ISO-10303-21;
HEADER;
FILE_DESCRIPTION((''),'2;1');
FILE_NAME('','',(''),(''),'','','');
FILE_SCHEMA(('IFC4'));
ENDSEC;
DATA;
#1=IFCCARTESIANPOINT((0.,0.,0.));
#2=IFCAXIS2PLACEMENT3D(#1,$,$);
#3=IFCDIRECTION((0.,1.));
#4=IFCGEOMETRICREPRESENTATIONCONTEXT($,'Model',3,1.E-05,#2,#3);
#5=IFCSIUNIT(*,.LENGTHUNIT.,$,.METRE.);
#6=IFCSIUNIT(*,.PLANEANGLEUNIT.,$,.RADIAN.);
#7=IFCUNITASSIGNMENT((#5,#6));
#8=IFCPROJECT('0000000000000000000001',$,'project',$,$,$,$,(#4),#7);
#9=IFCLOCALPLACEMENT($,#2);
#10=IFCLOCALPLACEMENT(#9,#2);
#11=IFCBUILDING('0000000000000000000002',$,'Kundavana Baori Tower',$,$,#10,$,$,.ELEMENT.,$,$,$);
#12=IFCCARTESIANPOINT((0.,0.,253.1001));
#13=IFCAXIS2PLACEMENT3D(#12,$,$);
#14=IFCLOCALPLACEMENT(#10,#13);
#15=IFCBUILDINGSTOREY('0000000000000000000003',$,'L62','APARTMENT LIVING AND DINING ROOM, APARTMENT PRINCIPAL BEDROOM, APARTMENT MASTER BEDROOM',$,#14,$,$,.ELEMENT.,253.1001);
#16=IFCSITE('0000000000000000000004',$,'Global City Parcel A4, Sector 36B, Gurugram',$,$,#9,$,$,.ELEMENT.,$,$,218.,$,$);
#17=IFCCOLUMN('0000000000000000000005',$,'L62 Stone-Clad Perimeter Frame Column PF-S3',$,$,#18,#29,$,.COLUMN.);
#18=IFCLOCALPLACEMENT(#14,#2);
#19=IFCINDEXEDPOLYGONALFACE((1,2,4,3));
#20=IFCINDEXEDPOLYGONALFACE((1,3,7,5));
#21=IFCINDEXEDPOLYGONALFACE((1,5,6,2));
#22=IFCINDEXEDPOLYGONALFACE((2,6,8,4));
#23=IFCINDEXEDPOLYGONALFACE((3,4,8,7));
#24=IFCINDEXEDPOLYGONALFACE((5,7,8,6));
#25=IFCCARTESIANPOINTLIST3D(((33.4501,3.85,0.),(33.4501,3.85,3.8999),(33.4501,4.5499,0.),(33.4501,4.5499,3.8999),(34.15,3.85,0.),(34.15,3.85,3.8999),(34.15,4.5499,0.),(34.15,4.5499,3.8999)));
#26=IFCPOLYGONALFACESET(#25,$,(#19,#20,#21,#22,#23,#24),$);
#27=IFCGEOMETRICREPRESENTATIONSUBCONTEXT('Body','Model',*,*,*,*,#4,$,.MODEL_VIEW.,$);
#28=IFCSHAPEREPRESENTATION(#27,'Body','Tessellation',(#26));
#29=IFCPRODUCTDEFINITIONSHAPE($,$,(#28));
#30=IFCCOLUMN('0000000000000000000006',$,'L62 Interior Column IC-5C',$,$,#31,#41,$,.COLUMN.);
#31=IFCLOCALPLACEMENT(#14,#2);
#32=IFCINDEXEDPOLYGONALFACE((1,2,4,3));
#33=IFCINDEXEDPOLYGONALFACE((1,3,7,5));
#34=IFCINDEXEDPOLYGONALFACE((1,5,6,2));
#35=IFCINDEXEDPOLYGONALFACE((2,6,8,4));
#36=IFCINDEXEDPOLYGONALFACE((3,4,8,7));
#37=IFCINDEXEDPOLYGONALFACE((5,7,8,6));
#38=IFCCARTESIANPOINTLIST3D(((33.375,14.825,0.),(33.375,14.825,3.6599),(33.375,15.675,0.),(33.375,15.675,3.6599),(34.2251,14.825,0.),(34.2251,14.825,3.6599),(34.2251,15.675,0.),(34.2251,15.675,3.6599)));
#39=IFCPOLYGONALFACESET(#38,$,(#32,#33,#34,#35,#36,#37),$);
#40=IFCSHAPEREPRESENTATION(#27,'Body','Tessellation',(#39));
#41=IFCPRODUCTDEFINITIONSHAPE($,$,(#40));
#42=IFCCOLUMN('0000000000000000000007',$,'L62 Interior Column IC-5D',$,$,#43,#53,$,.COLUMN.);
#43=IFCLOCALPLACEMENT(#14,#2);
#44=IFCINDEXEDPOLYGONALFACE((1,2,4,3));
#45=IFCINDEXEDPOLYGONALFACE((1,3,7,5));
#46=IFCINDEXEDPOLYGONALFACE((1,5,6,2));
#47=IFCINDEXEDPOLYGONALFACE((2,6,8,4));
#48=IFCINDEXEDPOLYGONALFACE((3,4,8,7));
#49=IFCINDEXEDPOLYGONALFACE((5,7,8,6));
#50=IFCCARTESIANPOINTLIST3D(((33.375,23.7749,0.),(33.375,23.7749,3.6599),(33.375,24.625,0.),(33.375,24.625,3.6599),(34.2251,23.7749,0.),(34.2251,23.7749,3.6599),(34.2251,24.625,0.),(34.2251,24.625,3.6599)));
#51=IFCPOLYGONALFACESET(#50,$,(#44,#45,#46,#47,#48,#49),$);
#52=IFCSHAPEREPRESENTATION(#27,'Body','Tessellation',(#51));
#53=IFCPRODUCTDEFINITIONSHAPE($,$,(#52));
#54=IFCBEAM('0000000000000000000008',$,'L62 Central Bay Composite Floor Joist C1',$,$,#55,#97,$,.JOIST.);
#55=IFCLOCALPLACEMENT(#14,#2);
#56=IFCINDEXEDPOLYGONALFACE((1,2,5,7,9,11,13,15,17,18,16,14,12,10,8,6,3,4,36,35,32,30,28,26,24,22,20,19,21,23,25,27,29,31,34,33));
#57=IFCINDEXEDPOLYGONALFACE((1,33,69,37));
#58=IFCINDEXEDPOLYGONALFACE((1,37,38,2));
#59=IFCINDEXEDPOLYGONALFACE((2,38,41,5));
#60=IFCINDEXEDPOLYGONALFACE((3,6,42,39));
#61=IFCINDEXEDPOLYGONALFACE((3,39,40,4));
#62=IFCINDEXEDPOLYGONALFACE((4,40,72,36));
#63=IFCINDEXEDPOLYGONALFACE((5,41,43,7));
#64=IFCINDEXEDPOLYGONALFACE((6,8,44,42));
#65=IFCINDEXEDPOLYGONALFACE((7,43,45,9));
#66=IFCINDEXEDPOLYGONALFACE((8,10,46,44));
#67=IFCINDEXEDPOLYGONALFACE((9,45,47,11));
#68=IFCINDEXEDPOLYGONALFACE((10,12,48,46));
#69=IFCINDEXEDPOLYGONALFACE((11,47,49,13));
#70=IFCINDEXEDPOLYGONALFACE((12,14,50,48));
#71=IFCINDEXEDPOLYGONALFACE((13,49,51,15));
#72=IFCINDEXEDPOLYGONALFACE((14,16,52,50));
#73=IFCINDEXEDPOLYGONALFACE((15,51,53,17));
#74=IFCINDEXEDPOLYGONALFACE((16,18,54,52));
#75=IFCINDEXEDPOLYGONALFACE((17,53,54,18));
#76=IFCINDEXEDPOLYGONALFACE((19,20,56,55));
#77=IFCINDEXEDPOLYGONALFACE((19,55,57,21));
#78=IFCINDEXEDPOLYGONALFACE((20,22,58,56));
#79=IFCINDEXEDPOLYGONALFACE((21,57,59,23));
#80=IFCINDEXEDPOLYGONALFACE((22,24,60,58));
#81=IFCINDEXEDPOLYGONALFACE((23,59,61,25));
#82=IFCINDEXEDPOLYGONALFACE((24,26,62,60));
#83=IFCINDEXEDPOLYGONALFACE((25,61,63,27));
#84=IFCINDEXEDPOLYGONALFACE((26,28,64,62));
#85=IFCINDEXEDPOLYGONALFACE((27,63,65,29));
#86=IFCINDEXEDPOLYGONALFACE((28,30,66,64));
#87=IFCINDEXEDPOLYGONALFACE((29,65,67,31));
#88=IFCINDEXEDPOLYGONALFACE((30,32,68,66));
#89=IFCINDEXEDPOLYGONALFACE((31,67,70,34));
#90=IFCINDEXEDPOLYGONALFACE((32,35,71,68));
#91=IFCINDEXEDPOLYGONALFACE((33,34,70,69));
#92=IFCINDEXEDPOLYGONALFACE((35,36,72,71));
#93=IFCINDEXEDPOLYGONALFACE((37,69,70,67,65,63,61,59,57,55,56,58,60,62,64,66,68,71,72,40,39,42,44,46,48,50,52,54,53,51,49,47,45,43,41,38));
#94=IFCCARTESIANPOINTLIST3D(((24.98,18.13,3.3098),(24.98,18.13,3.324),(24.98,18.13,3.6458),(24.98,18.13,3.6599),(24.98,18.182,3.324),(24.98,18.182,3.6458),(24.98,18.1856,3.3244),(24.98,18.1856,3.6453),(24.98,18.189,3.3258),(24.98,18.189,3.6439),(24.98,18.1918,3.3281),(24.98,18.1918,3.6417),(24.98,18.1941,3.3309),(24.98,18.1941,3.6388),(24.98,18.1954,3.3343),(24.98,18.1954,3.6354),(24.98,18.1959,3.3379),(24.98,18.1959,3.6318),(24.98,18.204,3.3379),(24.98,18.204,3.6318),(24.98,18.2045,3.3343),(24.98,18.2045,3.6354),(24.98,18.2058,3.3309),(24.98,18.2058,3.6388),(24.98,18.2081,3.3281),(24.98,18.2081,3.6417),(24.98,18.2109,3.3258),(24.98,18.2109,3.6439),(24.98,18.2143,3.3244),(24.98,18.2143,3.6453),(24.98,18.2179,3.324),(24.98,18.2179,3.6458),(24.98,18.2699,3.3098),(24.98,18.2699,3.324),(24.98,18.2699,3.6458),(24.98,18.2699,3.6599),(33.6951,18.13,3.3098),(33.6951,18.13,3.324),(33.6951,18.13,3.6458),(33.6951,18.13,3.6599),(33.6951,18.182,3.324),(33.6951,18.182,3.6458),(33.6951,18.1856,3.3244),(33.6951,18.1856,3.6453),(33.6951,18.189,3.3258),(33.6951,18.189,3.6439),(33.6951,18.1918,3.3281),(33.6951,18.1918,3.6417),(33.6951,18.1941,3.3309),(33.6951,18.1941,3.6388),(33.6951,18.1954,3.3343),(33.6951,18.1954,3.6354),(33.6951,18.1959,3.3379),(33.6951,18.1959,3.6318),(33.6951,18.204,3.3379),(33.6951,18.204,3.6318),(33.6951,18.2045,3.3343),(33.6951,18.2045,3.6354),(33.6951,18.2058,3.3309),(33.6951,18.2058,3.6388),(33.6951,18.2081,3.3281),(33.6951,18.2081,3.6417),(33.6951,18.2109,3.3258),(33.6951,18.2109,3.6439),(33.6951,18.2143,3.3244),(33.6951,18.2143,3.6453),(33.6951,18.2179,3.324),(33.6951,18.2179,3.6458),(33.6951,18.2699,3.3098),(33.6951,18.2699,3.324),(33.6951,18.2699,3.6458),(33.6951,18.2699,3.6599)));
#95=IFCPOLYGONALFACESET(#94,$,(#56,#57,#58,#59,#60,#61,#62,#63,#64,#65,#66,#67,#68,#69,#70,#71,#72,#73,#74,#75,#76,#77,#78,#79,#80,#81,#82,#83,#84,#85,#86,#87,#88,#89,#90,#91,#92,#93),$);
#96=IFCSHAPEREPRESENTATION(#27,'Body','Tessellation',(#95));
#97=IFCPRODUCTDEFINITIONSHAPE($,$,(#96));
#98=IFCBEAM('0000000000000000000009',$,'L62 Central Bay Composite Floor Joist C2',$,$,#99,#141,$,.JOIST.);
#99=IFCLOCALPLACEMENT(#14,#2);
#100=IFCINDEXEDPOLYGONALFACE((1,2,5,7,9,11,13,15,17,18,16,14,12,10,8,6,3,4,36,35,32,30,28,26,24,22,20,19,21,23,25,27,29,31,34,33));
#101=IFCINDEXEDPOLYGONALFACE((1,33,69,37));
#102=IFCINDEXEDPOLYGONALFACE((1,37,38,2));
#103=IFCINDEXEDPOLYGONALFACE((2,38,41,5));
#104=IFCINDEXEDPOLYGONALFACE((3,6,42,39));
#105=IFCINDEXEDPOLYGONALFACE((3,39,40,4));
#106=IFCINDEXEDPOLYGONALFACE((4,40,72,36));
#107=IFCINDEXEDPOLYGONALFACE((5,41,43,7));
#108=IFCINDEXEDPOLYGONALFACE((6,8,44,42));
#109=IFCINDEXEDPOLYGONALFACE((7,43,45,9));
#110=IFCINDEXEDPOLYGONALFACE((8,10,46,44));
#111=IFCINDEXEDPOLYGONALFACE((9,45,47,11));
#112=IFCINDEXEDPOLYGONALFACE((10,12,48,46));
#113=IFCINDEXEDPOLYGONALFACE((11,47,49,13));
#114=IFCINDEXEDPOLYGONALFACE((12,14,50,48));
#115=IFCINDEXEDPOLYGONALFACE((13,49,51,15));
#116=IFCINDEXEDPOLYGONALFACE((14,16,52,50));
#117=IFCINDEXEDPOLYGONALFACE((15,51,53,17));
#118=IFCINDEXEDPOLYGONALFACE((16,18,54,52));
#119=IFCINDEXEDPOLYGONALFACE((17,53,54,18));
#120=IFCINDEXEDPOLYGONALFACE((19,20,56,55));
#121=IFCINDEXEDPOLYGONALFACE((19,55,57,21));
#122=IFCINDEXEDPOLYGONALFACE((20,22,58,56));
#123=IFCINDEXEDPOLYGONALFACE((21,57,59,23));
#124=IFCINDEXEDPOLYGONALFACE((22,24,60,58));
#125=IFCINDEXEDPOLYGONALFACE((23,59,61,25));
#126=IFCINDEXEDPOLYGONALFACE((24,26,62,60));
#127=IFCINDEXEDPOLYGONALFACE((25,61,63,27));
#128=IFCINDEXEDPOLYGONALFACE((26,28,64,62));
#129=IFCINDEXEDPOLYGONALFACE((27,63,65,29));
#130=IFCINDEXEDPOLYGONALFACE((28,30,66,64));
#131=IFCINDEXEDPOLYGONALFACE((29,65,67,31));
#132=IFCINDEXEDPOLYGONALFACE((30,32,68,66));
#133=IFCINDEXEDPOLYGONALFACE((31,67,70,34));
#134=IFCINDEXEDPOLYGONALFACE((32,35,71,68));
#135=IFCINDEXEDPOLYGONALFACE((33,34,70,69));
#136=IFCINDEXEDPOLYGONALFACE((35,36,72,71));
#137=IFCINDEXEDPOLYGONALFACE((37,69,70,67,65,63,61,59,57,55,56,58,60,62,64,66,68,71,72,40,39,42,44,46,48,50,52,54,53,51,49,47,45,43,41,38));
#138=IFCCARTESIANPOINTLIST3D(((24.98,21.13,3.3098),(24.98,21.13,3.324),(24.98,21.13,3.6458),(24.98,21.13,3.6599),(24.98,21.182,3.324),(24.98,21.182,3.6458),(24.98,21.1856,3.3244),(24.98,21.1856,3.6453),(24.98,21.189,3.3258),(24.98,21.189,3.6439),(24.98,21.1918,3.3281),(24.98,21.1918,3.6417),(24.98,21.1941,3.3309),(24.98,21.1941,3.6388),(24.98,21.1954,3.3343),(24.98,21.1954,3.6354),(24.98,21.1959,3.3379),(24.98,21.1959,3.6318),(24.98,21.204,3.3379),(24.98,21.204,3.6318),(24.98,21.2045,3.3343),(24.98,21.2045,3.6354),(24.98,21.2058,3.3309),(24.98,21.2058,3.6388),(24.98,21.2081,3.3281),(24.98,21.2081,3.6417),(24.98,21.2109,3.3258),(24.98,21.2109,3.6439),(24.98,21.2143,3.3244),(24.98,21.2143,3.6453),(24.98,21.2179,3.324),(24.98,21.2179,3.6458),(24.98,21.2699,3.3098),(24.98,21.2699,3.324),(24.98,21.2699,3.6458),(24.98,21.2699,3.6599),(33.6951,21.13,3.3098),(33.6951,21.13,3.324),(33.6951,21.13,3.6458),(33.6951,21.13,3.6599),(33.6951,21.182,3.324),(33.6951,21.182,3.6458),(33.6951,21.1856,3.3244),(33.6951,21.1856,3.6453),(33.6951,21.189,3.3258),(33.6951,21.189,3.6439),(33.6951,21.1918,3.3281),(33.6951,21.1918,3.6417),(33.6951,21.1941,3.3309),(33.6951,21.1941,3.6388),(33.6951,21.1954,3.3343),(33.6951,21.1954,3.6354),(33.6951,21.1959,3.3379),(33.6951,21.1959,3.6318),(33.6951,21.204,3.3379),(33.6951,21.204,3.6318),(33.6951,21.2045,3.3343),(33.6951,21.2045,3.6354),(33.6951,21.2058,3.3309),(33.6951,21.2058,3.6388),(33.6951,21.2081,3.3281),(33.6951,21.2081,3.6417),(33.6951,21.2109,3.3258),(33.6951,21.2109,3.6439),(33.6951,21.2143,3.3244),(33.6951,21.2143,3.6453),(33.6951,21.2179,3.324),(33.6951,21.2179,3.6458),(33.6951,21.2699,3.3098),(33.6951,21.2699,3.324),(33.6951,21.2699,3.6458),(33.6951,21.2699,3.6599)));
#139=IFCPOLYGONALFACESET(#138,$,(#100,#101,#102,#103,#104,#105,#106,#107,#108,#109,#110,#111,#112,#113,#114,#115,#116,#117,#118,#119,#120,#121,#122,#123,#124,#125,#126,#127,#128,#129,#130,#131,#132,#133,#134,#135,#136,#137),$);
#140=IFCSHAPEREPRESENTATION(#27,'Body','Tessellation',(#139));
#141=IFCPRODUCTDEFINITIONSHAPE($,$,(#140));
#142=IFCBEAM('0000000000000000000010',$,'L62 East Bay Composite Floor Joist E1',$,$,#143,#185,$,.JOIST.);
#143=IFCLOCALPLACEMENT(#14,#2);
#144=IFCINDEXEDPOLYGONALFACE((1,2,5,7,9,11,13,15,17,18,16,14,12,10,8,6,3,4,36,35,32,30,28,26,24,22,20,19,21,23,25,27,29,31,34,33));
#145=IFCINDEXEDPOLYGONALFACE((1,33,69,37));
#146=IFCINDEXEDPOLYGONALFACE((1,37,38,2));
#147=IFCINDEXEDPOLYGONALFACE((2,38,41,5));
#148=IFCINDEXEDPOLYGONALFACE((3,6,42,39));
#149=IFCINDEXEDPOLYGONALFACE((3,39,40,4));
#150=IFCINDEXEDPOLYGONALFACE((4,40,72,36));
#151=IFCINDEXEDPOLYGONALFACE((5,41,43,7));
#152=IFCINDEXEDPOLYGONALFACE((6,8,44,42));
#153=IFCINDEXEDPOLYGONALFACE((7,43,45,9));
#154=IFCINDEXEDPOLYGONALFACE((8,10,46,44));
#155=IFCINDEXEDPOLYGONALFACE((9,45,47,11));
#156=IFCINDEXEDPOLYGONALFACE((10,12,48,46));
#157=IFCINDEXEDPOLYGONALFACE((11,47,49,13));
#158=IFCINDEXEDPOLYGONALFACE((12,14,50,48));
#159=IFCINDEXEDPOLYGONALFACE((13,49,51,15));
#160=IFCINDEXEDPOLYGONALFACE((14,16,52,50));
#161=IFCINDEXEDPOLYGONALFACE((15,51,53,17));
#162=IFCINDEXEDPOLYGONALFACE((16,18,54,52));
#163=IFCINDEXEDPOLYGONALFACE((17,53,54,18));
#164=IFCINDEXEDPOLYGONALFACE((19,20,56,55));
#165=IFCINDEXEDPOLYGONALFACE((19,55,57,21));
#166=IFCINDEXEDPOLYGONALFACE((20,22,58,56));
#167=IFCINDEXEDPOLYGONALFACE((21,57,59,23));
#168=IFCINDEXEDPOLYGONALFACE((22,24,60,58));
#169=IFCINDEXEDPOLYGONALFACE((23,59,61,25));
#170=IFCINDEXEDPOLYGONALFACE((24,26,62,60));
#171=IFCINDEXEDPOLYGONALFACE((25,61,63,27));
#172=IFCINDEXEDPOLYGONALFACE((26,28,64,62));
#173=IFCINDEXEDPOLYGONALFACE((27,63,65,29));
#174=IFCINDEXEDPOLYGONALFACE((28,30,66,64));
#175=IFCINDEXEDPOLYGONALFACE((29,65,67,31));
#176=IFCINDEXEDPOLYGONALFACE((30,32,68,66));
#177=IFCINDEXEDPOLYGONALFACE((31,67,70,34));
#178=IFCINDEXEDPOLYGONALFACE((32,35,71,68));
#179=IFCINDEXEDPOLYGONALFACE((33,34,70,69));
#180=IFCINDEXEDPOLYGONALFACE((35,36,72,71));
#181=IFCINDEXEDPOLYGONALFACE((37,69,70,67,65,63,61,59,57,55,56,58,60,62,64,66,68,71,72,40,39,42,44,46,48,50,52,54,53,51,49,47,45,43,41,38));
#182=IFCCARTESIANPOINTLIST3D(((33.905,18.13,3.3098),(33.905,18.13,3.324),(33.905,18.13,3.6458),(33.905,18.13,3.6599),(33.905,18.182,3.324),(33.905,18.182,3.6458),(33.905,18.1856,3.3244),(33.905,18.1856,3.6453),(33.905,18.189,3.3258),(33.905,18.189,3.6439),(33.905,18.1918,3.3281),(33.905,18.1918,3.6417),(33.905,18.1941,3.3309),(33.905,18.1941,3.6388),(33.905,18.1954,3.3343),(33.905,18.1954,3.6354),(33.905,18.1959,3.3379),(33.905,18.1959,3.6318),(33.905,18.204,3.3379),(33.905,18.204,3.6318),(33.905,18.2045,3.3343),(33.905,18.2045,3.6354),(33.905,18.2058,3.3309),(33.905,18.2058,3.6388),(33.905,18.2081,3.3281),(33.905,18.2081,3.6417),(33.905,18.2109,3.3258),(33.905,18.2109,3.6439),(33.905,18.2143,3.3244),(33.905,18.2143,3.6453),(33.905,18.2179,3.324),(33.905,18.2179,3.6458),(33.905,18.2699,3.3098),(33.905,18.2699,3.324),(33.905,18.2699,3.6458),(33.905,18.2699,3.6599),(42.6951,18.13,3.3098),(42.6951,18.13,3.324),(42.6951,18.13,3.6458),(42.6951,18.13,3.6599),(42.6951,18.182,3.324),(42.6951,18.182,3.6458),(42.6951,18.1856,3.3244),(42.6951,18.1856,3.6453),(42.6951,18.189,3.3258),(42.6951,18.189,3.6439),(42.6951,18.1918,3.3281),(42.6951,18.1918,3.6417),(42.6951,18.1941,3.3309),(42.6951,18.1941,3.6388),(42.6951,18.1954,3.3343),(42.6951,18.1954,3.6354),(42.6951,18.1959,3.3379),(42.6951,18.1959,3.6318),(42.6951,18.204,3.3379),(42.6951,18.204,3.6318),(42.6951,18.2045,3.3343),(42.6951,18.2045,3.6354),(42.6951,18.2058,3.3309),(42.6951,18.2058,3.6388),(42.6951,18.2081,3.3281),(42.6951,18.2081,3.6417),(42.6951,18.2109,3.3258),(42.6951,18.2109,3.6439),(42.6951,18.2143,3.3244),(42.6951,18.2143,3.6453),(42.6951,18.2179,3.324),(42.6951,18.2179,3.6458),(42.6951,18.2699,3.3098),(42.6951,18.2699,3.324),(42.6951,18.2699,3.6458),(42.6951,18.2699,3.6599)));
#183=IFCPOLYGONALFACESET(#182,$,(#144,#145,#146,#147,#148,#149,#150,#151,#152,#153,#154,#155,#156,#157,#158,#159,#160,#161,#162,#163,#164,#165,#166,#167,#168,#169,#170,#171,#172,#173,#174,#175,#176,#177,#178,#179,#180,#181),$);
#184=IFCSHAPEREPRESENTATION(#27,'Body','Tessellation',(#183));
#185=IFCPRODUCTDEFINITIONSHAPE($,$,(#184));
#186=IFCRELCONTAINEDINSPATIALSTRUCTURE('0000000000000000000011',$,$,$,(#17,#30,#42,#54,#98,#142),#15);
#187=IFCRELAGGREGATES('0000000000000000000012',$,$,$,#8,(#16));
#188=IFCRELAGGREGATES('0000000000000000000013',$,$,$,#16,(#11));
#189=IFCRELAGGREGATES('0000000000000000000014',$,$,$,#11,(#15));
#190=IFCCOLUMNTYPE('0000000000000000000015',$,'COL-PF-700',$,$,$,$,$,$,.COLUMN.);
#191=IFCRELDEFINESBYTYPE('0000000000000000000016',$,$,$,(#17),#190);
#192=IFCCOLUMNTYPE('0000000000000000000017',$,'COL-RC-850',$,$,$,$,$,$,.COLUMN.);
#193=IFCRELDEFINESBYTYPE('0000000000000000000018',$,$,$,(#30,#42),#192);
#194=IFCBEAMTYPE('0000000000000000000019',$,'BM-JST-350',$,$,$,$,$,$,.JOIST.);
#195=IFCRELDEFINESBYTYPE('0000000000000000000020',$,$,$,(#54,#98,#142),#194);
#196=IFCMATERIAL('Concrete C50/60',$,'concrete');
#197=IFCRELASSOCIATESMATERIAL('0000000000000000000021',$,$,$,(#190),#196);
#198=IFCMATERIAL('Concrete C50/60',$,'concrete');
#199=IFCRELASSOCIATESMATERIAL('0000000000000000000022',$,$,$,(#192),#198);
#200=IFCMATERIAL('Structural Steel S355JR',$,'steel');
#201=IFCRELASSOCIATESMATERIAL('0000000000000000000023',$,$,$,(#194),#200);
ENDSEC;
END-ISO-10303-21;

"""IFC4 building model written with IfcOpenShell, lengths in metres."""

from ifc_helpers import new_model, si_unit, direction, frame, origin, origin_2d, place, context, subcontext, project, spatial, rectangle, i_section, extrude, material, material_profile, profile_set, type_object, element, save


model = new_model("IFC4")

# Units and contexts
model_context = context("Model", 3, precision=1e-05, world=origin(), true_north=direction((0.0, 1.0)))
body_context = subcontext(model_context, "Body", "Model", "MODEL_VIEW")
ifc_project = project(units=[si_unit("LENGTHUNIT", "METRE"), si_unit("PLANEANGLEUNIT", "RADIAN")], contexts=[model_context])

# Site, building, storey
site_placement = place(None, origin())
site = spatial("IfcSite", under=ifc_project, at=site_placement, Name="Global City Parcel A4, Sector 36B, Gurugram", CompositionType="ELEMENT", RefElevation=218.0)
building_placement = place(site_placement, origin())
building = spatial("IfcBuilding", under=site, at=building_placement, Name="Kundavana Baori Tower", CompositionType="ELEMENT")
storey_placement = place(building_placement, frame((0.0, 0.0, 253.1001)))
storey = spatial("IfcBuildingStorey", under=building, at=storey_placement, Name="L62", Description="APARTMENT LIVING AND DINING ROOM, APARTMENT PRINCIPAL BEDROOM, APARTMENT MASTER BEDROOM", CompositionType="ELEMENT", Elevation=253.1001)

# Columns
ifc_material_1 = material(Name="Concrete C50/60", Category="concrete")
ifc_material_profile_1 = material_profile(ifc_material_1, rectangle(XDim=0.7, YDim=0.7, at=origin_2d()), Name="RC PF 700x700")
ifc_profile_set_1 = profile_set([ifc_material_profile_1], Name="Concrete C50/60")
column_type_1 = type_object("IfcColumnType", Name="COL-PF-700", PredefinedType="COLUMN", material=ifc_profile_set_1)
column_placement = place(storey_placement, frame((33.8, 4.2, 0.0), z_axis=(0.0, 0.0, 1.0), x_axis=(1.0, 0.0, 0.0)))
element("IfcColumn", 1, at=column_placement, inside=storey, type_object=column_type_1, Name="L62 Stone-Clad Perimeter Frame Column PF-S3", PredefinedType="COLUMN", context=body_context, shape_type="SweptSolid", body=[
    extrude(rectangle(XDim=0.7, YDim=0.7, at=origin_2d()), origin(), (0.0, 0.0, 1.0), 3.8999),
])
ifc_material_2 = material(Name="Concrete C50/60", Category="concrete")
ifc_material_profile_2 = material_profile(ifc_material_2, rectangle(XDim=0.8501, YDim=0.8501, at=origin_2d()), Name="RC 850x850")
ifc_profile_set_2 = profile_set([ifc_material_profile_2], Name="Concrete C50/60")
column_type_2 = type_object("IfcColumnType", Name="COL-RC-850", PredefinedType="COLUMN", material=ifc_profile_set_2)
for number, where, z_axis, x_axis, name in (
    (2, (33.8, 15.25, 0.0), (0.0, 0.0, 1.0), (1.0, 0.0, 0.0), "L62 Interior Column IC-5C"),
    (3, (33.8, 24.2, 0.0), (0.0, 0.0, 1.0), (1.0, 0.0, 0.0), "L62 Interior Column IC-5D"),
):
    element("IfcColumn", number, at=place(storey_placement, frame(where, z_axis=z_axis, x_axis=x_axis)), inside=storey, type_object=column_type_2, Name=name, PredefinedType="COLUMN", context=body_context, shape_type="SweptSolid", body=[
        extrude(rectangle(XDim=0.8501, YDim=0.8501, at=origin_2d()), origin(), (0.0, 0.0, 1.0), 3.6599),
    ])

# Beams
ifc_material_3 = material(Name="Structural Steel S355JR", Category="steel")
ifc_material_profile_3 = material_profile(ifc_material_3, i_section(OverallWidth=0.1399, OverallDepth=0.3501, WebThickness=0.0081, FlangeThickness=0.0142, FilletRadius=0.0139, at=origin_2d()), Name="ISMB 350")
ifc_profile_set_3 = profile_set([ifc_material_profile_3], Name="Structural Steel S355JR")
beam_type_1 = type_object("IfcBeamType", Name="BM-JST-350", PredefinedType="JOIST", material=ifc_profile_set_3)
for number, where, z_axis, x_axis, name in (
    (4, (24.98, 18.2, 3.4849), (1.0, 0.0, 0.0), (0.0, 1.0, 0.0), "L62 Central Bay Composite Floor Joist C1"),
    (5, (24.98, 21.2, 3.4849), (1.0, 0.0, 0.0), (0.0, 1.0, 0.0), "L62 Central Bay Composite Floor Joist C2"),
):
    element("IfcBeam", number, at=place(storey_placement, frame(where, z_axis=z_axis, x_axis=x_axis)), inside=storey, type_object=beam_type_1, Name=name, PredefinedType="JOIST", context=body_context, shape_type="SweptSolid", body=[
        extrude(i_section(OverallWidth=0.1399, OverallDepth=0.3501, WebThickness=0.0081, FlangeThickness=0.0142, FilletRadius=0.0139, at=origin_2d()), origin(), (0.0, 0.0, 1.0), 8.7151),
    ])
for number, where, z_axis, x_axis, name in (
    (6, (33.905, 18.2, 3.4849), (1.0, 0.0, 0.0), (0.0, 1.0, 0.0), "L62 East Bay Composite Floor Joist E1"),
):
    element("IfcBeam", number, at=place(storey_placement, frame(where, z_axis=z_axis, x_axis=x_axis)), inside=storey, type_object=beam_type_1, Name=name, PredefinedType="JOIST", context=body_context, shape_type="SweptSolid", body=[
        extrude(i_section(OverallWidth=0.1399, OverallDepth=0.3501, WebThickness=0.0081, FlangeThickness=0.0142, FilletRadius=0.0139, at=origin_2d()), origin(), (0.0, 0.0, 1.0), 8.79),
    ])

save(model, "model.ifc")
